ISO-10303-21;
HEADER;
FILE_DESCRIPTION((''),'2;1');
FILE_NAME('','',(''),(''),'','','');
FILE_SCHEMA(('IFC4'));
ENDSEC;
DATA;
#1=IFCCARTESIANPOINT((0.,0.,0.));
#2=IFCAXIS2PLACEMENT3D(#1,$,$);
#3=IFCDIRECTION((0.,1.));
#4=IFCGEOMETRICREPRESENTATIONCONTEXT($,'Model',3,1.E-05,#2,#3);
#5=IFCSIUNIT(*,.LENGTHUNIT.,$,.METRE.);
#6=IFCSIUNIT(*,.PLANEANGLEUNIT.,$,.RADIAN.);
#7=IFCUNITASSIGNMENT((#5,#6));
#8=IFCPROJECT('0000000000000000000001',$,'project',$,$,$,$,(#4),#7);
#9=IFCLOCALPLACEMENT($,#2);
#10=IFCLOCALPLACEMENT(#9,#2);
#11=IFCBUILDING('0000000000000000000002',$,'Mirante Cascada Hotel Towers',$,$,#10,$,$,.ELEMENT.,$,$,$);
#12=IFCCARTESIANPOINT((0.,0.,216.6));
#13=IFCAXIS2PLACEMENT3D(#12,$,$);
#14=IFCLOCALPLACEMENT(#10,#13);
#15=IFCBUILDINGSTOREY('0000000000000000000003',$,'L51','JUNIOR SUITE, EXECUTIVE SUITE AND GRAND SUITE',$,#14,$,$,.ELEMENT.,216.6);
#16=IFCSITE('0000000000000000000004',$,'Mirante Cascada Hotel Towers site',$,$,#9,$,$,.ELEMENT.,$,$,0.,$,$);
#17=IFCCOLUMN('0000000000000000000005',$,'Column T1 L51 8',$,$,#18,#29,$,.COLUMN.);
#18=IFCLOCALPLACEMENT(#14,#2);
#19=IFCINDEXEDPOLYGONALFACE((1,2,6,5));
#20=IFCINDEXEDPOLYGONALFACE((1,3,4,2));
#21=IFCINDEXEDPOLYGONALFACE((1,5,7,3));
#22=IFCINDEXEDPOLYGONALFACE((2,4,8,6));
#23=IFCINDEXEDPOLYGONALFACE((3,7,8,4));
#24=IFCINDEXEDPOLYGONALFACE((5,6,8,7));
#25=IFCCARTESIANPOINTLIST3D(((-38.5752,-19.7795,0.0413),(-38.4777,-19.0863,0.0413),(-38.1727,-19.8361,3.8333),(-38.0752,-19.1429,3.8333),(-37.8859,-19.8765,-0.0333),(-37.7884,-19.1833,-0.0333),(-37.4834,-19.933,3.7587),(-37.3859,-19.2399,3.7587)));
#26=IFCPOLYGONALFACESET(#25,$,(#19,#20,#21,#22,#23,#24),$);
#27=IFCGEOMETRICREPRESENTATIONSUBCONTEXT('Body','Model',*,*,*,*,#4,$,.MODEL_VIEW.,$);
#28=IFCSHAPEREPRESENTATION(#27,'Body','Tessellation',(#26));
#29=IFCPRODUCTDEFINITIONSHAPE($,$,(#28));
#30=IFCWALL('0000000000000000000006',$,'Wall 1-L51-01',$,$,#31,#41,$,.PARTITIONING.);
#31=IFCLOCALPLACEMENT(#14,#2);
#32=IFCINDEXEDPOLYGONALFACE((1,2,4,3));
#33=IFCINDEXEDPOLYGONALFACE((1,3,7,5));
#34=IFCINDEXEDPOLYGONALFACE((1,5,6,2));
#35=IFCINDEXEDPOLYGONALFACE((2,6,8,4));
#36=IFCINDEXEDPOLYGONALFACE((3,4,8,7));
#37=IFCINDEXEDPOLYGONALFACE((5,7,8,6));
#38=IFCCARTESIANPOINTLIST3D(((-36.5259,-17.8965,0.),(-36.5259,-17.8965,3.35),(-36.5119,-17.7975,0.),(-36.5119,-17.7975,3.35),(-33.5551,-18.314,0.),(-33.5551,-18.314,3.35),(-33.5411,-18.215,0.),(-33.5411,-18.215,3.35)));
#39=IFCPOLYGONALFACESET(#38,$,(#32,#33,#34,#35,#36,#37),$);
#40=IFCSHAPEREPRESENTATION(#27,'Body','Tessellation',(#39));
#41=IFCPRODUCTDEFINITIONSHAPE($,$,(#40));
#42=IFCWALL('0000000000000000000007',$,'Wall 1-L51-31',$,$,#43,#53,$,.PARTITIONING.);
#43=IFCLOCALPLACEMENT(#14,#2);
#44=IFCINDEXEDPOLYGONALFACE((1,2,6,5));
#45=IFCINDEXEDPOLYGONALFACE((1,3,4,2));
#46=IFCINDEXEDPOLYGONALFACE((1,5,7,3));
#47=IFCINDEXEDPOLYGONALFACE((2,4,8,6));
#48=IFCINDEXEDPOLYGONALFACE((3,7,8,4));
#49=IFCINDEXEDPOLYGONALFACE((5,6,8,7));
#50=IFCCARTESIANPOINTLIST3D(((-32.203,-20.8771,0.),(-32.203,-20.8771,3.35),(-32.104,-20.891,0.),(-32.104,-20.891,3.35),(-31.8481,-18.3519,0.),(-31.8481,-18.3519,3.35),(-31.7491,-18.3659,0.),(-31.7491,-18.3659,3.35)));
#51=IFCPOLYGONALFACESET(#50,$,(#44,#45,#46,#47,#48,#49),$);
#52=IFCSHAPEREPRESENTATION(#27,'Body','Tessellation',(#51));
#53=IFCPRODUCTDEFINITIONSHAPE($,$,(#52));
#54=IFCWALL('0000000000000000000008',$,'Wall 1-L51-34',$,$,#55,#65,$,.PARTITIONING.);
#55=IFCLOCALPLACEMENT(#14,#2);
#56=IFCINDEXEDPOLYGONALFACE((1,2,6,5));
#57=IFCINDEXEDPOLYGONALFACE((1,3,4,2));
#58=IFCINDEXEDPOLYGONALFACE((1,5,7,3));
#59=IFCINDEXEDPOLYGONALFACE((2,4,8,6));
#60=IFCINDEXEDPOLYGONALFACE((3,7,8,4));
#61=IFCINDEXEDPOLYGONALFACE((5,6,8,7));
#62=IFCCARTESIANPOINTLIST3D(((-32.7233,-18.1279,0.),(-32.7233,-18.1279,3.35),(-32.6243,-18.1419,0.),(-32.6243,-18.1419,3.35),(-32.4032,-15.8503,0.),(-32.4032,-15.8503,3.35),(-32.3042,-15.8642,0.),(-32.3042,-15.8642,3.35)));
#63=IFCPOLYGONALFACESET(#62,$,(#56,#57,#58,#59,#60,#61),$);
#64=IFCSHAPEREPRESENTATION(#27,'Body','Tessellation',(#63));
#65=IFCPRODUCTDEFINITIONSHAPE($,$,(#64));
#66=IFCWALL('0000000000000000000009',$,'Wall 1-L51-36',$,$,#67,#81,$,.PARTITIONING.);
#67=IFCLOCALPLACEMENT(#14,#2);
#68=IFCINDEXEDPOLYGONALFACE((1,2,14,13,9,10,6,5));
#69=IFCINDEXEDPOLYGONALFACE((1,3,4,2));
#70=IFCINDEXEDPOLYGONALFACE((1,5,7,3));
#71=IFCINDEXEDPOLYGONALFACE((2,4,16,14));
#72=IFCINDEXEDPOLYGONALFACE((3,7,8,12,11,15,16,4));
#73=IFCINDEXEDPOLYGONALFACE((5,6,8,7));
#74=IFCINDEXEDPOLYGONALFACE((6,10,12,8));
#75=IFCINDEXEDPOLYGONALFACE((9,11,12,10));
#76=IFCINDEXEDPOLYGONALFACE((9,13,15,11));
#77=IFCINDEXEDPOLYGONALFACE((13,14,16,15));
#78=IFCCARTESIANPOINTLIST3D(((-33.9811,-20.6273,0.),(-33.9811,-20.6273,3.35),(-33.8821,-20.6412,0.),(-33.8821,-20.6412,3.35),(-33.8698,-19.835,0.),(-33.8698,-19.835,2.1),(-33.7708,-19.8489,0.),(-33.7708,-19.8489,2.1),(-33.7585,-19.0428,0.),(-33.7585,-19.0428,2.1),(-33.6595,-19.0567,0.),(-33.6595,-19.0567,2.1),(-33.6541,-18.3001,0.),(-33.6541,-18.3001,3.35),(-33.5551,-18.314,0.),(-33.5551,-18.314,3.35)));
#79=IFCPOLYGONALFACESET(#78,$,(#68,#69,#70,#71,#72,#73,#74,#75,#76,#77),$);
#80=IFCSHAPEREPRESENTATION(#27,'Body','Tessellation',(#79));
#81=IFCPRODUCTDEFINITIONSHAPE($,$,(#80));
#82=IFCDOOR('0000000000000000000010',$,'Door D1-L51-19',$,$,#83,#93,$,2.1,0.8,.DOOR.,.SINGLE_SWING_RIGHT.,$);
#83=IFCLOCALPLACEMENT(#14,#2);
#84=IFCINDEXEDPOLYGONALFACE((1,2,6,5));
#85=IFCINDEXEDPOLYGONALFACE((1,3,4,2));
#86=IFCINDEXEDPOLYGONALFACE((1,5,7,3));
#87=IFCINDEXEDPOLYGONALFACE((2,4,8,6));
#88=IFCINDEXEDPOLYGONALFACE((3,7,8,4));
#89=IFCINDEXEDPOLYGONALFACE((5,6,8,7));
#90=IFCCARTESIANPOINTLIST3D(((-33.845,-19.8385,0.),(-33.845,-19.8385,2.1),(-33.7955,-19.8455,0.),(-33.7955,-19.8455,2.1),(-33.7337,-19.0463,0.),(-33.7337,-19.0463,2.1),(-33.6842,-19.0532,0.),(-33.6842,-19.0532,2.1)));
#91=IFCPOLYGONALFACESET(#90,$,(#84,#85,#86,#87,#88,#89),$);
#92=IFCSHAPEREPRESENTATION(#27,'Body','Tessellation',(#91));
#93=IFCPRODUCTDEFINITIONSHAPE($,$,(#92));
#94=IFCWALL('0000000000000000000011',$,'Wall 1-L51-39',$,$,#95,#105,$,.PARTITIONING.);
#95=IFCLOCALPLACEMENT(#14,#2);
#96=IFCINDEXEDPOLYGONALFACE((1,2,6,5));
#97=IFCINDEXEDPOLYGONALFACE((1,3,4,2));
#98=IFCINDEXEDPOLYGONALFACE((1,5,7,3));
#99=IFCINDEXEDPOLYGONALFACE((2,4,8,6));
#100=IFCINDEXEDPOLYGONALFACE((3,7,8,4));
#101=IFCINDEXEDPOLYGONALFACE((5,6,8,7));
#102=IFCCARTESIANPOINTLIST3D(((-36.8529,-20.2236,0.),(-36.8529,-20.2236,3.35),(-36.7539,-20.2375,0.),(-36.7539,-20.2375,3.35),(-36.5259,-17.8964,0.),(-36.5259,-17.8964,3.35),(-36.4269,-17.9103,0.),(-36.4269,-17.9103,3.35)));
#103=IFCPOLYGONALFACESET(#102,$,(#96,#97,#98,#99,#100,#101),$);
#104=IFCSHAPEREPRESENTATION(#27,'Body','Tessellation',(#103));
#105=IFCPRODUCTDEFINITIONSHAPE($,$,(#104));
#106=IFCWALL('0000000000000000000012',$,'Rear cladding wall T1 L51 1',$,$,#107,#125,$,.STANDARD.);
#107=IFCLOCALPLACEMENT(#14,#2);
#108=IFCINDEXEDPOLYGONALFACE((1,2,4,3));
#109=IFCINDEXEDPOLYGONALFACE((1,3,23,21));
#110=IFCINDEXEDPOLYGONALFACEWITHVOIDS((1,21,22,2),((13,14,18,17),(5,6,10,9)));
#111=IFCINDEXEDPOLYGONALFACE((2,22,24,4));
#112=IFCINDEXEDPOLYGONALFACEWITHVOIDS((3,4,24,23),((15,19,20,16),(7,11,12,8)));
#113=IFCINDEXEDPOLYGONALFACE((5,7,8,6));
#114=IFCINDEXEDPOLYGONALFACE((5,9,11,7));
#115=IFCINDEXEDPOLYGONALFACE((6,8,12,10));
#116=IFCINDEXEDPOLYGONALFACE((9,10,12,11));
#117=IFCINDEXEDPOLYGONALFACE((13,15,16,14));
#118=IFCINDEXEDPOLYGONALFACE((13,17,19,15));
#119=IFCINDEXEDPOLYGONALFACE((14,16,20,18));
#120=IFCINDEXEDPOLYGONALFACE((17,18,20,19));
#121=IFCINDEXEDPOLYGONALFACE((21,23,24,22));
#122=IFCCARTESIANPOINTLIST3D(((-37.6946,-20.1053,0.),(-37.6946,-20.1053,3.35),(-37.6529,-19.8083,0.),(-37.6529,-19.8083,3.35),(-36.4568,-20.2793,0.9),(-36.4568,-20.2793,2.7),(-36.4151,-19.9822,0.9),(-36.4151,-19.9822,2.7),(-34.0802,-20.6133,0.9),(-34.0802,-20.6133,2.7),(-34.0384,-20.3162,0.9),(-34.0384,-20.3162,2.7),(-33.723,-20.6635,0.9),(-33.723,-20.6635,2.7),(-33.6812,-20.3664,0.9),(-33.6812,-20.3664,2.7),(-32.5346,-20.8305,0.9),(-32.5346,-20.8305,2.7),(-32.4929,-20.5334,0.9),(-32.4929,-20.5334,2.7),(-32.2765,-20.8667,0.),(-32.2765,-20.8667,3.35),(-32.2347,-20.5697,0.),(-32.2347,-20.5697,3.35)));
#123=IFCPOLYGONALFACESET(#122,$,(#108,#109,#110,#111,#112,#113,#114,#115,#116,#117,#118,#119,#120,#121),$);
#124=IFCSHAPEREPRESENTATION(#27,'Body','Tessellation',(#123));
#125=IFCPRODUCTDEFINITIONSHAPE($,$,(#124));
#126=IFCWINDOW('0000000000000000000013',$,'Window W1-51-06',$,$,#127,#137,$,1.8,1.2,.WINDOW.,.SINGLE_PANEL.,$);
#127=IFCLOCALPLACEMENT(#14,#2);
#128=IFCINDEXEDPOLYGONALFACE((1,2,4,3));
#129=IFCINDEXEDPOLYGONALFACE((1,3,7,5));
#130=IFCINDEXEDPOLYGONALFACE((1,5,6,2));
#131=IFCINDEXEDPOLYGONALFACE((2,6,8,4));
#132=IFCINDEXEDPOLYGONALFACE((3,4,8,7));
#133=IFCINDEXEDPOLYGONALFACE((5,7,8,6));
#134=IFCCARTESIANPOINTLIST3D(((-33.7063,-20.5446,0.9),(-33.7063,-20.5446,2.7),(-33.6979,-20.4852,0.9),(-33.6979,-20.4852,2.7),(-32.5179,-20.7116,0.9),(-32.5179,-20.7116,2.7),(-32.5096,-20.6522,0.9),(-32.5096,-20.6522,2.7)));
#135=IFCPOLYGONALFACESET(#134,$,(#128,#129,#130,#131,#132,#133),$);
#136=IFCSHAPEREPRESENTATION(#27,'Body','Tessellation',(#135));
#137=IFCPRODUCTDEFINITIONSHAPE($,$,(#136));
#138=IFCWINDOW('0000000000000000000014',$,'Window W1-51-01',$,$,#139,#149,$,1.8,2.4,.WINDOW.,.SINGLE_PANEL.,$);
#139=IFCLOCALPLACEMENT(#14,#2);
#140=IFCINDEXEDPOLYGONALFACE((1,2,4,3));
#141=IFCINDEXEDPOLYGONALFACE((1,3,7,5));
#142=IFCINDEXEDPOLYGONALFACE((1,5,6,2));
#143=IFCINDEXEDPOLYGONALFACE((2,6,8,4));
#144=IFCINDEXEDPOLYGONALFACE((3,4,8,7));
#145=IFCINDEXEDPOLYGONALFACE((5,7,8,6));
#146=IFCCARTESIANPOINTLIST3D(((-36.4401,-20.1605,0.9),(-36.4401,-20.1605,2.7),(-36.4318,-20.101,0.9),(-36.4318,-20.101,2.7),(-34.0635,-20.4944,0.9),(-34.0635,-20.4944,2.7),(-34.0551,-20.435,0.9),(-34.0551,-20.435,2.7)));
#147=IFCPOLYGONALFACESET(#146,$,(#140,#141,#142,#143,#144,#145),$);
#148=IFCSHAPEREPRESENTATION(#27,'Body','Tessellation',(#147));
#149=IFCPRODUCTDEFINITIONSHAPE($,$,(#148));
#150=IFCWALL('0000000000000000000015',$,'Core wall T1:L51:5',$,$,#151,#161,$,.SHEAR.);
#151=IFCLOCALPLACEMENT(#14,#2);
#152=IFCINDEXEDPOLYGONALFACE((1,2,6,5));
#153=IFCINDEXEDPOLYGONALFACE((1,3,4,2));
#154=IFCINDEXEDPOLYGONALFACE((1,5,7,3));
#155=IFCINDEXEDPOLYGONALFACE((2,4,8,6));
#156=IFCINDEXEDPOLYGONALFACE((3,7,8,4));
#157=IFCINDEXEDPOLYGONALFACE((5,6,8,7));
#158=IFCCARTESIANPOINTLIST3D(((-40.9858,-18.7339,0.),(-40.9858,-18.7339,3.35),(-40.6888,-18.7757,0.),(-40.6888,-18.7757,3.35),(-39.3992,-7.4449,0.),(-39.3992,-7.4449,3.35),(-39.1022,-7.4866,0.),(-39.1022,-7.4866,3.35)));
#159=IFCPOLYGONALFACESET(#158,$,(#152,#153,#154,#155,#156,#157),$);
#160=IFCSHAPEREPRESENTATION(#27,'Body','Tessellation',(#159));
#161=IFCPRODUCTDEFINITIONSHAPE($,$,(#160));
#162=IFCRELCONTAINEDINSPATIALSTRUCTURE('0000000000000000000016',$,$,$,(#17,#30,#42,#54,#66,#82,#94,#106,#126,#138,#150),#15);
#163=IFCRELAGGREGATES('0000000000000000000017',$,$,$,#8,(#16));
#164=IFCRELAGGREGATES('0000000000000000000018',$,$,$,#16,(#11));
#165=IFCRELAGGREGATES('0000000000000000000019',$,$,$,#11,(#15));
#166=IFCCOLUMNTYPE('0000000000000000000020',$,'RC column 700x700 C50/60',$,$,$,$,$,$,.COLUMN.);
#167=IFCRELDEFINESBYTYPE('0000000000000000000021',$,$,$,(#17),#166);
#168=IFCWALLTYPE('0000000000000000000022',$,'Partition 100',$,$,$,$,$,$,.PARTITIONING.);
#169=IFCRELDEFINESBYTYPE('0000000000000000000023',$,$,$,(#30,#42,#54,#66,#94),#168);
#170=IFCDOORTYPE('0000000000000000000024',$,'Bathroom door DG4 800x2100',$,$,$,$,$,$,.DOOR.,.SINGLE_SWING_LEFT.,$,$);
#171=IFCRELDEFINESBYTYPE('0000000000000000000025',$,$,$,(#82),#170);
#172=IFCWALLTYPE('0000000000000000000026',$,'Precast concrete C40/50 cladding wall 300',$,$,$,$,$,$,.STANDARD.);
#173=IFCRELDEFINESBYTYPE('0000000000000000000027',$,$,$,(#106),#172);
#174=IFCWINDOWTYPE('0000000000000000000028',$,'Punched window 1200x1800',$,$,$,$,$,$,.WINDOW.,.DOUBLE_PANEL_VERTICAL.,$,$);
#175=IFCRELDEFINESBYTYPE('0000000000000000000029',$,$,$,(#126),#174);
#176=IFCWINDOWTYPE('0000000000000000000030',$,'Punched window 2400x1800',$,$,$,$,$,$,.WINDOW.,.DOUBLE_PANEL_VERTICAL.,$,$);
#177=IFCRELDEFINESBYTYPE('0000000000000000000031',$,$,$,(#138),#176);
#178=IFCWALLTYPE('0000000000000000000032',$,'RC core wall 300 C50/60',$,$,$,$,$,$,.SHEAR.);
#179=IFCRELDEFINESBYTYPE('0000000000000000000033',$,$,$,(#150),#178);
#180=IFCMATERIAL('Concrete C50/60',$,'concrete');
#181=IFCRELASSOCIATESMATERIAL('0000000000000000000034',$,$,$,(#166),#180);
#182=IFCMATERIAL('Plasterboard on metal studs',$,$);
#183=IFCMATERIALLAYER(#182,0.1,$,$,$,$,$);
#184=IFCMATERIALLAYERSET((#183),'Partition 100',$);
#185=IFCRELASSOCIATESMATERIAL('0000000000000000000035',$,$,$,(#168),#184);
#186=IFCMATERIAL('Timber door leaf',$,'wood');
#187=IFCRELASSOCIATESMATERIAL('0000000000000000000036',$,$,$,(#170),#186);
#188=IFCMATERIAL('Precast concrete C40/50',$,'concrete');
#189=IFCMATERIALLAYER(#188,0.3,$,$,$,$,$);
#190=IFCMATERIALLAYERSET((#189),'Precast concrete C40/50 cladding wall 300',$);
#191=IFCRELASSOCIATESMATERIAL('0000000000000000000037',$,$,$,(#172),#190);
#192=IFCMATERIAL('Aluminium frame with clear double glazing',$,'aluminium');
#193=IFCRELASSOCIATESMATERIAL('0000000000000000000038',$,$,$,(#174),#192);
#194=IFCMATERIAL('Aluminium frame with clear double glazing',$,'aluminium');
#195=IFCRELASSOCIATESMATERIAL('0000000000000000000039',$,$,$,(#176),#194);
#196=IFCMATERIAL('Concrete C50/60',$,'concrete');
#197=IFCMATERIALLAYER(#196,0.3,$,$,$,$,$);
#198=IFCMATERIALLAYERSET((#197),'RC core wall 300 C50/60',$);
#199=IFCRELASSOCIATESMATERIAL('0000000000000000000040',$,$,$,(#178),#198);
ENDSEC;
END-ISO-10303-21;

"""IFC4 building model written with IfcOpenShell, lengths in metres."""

from ifc_helpers import new_model, si_unit, direction, frame, frame_2d, origin, origin_2d, place, context, subcontext, project, spatial, rectangle, extrude, material, layer, layer_set, material_profile, profile_set, type_object, element, fill, save


model = new_model("IFC4")

# Units and contexts
model_context = context("Model", 3, precision=1e-05, world=origin(), true_north=direction((0.0, 1.0)))
body_context = subcontext(model_context, "Body", "Model", "MODEL_VIEW")
ifc_project = project(units=[si_unit("LENGTHUNIT", "METRE"), si_unit("PLANEANGLEUNIT", "RADIAN")], contexts=[model_context])

# Site, building, storey
site_placement = place(None, origin())
site = spatial("IfcSite", under=ifc_project, at=site_placement, Name="Mirante Cascada Hotel Towers site", CompositionType="ELEMENT", RefElevation=0.0)
building_placement = place(site_placement, origin())
building = spatial("IfcBuilding", under=site, at=building_placement, Name="Mirante Cascada Hotel Towers", CompositionType="ELEMENT")
storey_placement = place(building_placement, frame((0.0, 0.0, 216.6)))
storey = spatial("IfcBuildingStorey", under=building, at=storey_placement, Name="L51", Description="JUNIOR SUITE, EXECUTIVE SUITE AND GRAND SUITE", CompositionType="ELEMENT", Elevation=216.6)

# Column
ifc_material_1 = material(Name="Concrete C50/60", Category="concrete")
ifc_material_profile = material_profile(ifc_material_1, rectangle(XDim=0.7, YDim=0.7, at=origin_2d()), Name="RC column 700x700 C50/60")
ifc_profile_set = profile_set([ifc_material_profile], Name="Concrete C50/60")
column_type = type_object("IfcColumnType", Name="RC column 700x700 C50/60", PredefinedType="COLUMN", material=ifc_profile_set)
column_placement = place(storey_placement, frame((-38.1818, -19.4814, 0.004), z_axis=(0.10554, -0.014841, 0.994304), x_axis=(0.139251, 0.990257, 0.0)))
element("IfcColumn", 1, at=column_placement, inside=storey, type_object=column_type, Name="Column T1 L51 8", PredefinedType="COLUMN", context=body_context, shape_type="SweptSolid", body=[
    extrude(rectangle(XDim=0.7, YDim=0.7, at=origin_2d()), origin(), (0.0, 0.0, 1.0), 3.8137),
])

# Walls
ifc_material_2 = material(Name="Plasterboard on metal studs")
ifc_layer_1 = layer(ifc_material_2, 0.1)
ifc_layer_set_1 = layer_set([ifc_layer_1], Name="Partition 100")
wall_type_1 = type_object("IfcWallType", Name="Partition 100", PredefinedType="PARTITIONING", material=ifc_layer_set_1)
wall_1_placement = place(storey_placement, frame((-36.5189, -17.847, 0.0), z_axis=(0.0, 0.0, 1.0), x_axis=(0.990269, -0.139167, 0.0)))
element("IfcWall", 2, at=wall_1_placement, inside=storey, type_object=wall_type_1, Name="Wall 1-L51-01", PredefinedType="PARTITIONING", context=body_context, shape_type="SweptSolid", body=[
    extrude(rectangle(XDim=3.0, YDim=0.1, at=frame_2d((1.5, 0.0))), origin(), (0.0, 0.0, 1.0), 3.35),
])
wall_2_placement = place(storey_placement, frame((-31.7986, -18.3589, 0.0), z_axis=(0.0, 0.0, 1.0), x_axis=(-0.139176, -0.990268, 0.0)))
element("IfcWall", 3, at=wall_2_placement, inside=storey, type_object=wall_type_1, Name="Wall 1-L51-31", PredefinedType="PARTITIONING", context=body_context, shape_type="SweptSolid", body=[
    extrude(rectangle(XDim=2.55, YDim=0.1, at=frame_2d((1.275, 0.0))), origin(), (0.0, 0.0, 1.0), 3.35),
])
wall_3_placement = place(storey_placement, frame((-32.6738, -18.1349, 0.0), z_axis=(0.0, 0.0, 1.0), x_axis=(0.139175, 0.990268, 0.0)))
element("IfcWall", 4, at=wall_3_placement, inside=storey, type_object=wall_type_1, Name="Wall 1-L51-34", PredefinedType="PARTITIONING", context=body_context, shape_type="SweptSolid", body=[
    extrude(rectangle(XDim=2.3, YDim=0.1, at=frame_2d((1.15, 0.0))), origin(), (0.0, 0.0, 1.0), 3.35),
])

# Wall, opening, door
wall_4_placement = place(storey_placement, frame((-33.9316, -20.6342, 0.0), z_axis=(0.0, 0.0, 1.0), x_axis=(0.139145, 0.990272, 0.0)))
wall_4 = element("IfcWall", 5, at=wall_4_placement, inside=storey, type_object=wall_type_1, Name="Wall 1-L51-36", PredefinedType="PARTITIONING", context=body_context, shape_type="SweptSolid", body=[
    extrude(rectangle(XDim=2.3501, YDim=0.1, at=frame_2d((1.175, 0.0))), origin(), (0.0, 0.0, 1.0), 3.35),
])
opening_1_placement = place(wall_4_placement, frame((0.8, 0.0, 0.0)))
opening_1 = element("IfcOpeningElement", 6, at=opening_1_placement, cuts=wall_4, PredefinedType="OPENING", context=body_context, shape_type="SweptSolid", body=[
    extrude(rectangle(XDim=0.8, YDim=2.1, at=frame_2d((0.4, 1.05))), frame((0.0, 0.05, 0.0), z_axis=(0.0, -1.0, 0.0), x_axis=(1.0, 0.0, 0.0)), (0.0, 0.0, 1.0), 0.1),
])
ifc_material_3 = material(Name="Timber door leaf", Category="wood")
door_type_1 = type_object("IfcDoorType", Name="Bathroom door DG4 800x2100", OperationType="SINGLE_SWING_LEFT", PredefinedType="DOOR", material=ifc_material_3)
door_1_placement = place(opening_1_placement, frame((0.8, 0.0, 0.0), z_axis=(0.0, 0.0, 1.0), x_axis=(-1.0, 0.0, 0.0)))
door_1 = element("IfcDoor", 7, at=door_1_placement, inside=storey, type_object=door_type_1, Name="Door D1-L51-19", OperationType="SINGLE_SWING_RIGHT", OverallHeight=2.1, OverallWidth=0.8, PredefinedType="DOOR", context=body_context, shape_type="SweptSolid", body=[
    extrude(rectangle(XDim=0.8, YDim=2.1, at=frame_2d((0.4, 1.05))), frame((0.0, 0.025, 0.0), z_axis=(0.0, -1.0, 0.0), x_axis=(1.0, 0.0, 0.0)), (0.0, 0.0, 1.0), 0.05),
])
fill(opening_1, door_1)

# Wall
wall_5_placement = place(storey_placement, frame((-36.4764, -17.9034, 0.0), z_axis=(0.0, 0.0, 1.0), x_axis=(-0.139145, -0.990272, 0.0)))
element("IfcWall", 8, at=wall_5_placement, inside=storey, type_object=wall_type_1, Name="Wall 1-L51-39", PredefinedType="PARTITIONING", context=body_context, shape_type="SweptSolid", body=[
    extrude(rectangle(XDim=2.3501, YDim=0.1, at=frame_2d((1.175, 0.0))), origin(), (0.0, 0.0, 1.0), 3.35),
])

# Wall, openings, windows
ifc_material_4 = material(Name="Precast concrete C40/50", Category="concrete")
ifc_layer_2 = layer(ifc_material_4, 0.3)
ifc_layer_set_2 = layer_set([ifc_layer_2], Name="Precast concrete C40/50 cladding wall 300")
wall_type_2 = type_object("IfcWallType", Name="Precast concrete C40/50 cladding wall 300", PredefinedType="STANDARD", material=ifc_layer_set_2)
wall_6_placement = place(storey_placement, frame((-32.2556, -20.7182, 0.0), z_axis=(0.0, 0.0, 1.0), x_axis=(-0.99027, 0.139159, 0.0)))
wall_6 = element("IfcWall", 9, at=wall_6_placement, inside=storey, type_object=wall_type_2, Name="Rear cladding wall T1 L51 1", PredefinedType="STANDARD", context=body_context, shape_type="SweptSolid", body=[
    extrude(rectangle(XDim=5.4714, YDim=0.3, at=frame_2d((2.7357, 0.0))), origin(), (0.0, 0.0, 1.0), 3.35),
])
opening_2_placement = place(wall_6_placement, frame((1.8214, 0.0, 0.9)))
opening_2 = element("IfcOpeningElement", 10, at=opening_2_placement, cuts=wall_6, PredefinedType="OPENING", context=body_context, shape_type="SweptSolid", body=[
    extrude(rectangle(XDim=2.4, YDim=1.8, at=frame_2d((1.2, 0.9))), frame((0.0, 0.15, 0.0), z_axis=(0.0, -1.0, 0.0), x_axis=(1.0, 0.0, 0.0)), (0.0, 0.0, 1.0), 0.3),
])
opening_3_placement = place(wall_6_placement, frame((0.2607, 0.0, 0.9)))
opening_3 = element("IfcOpeningElement", 11, at=opening_3_placement, cuts=wall_6, PredefinedType="OPENING", context=body_context, shape_type="SweptSolid", body=[
    extrude(rectangle(XDim=1.2, YDim=1.8, at=frame_2d((0.6, 0.9))), frame((0.0, 0.15, 0.0), z_axis=(0.0, -1.0, 0.0), x_axis=(1.0, 0.0, 0.0)), (0.0, 0.0, 1.0), 0.3),
])
ifc_material_5 = material(Name="Aluminium frame with clear double glazing", Category="aluminium")
window_type_1 = type_object("IfcWindowType", Name="Punched window 1200x1800", PartitioningType="DOUBLE_PANEL_VERTICAL", PredefinedType="WINDOW", material=ifc_material_5)
window_1_placement = place(opening_3_placement, origin())
window_1 = element("IfcWindow", 12, at=window_1_placement, inside=storey, type_object=window_type_1, Name="Window W1-51-06", OverallHeight=1.8, OverallWidth=1.2, PartitioningType="SINGLE_PANEL", PredefinedType="WINDOW", context=body_context, shape_type="SweptSolid", body=[
    extrude(rectangle(XDim=1.2, YDim=1.8, at=frame_2d((0.6, 0.9))), frame((0.0, 0.03, 0.0), z_axis=(0.0, -1.0, 0.0), x_axis=(1.0, 0.0, 0.0)), (0.0, 0.0, 1.0), 0.06),
])
fill(opening_3, window_1)
ifc_material_6 = material(Name="Aluminium frame with clear double glazing", Category="aluminium")
window_type_2 = type_object("IfcWindowType", Name="Punched window 2400x1800", PartitioningType="DOUBLE_PANEL_VERTICAL", PredefinedType="WINDOW", material=ifc_material_6)
window_2_placement = place(opening_2_placement, origin())
window_2 = element("IfcWindow", 13, at=window_2_placement, inside=storey, type_object=window_type_2, Name="Window W1-51-01", OverallHeight=1.8, OverallWidth=2.4, PartitioningType="SINGLE_PANEL", PredefinedType="WINDOW", context=body_context, shape_type="SweptSolid", body=[
    extrude(rectangle(XDim=2.4, YDim=1.8, at=frame_2d((1.2, 0.9))), frame((0.0, 0.03, 0.0), z_axis=(0.0, -1.0, 0.0), x_axis=(1.0, 0.0, 0.0)), (0.0, 0.0, 1.0), 0.06),
])
fill(opening_2, window_2)

# Wall
ifc_material_7 = material(Name="Concrete C50/60", Category="concrete")
ifc_layer_3 = layer(ifc_material_7, 0.3)
ifc_layer_set_3 = layer_set([ifc_layer_3], Name="RC core wall 300 C50/60")
wall_type_3 = type_object("IfcWallType", Name="RC core wall 300 C50/60", PredefinedType="SHEAR", material=ifc_layer_set_3)
wall_7_placement = place(storey_placement, frame((-40.8373, -18.7548, 0.0), z_axis=(0.0, 0.0, 1.0), x_axis=(0.139175, 0.990268, 0.0)))
element("IfcWall", 14, at=wall_7_placement, inside=storey, type_object=wall_type_3, Name="Core wall T1:L51:5", PredefinedType="SHEAR", context=body_context, shape_type="SweptSolid", body=[
    extrude(rectangle(XDim=11.4, YDim=0.3, at=frame_2d((5.7, 0.0))), origin(), (0.0, 0.0, 1.0), 3.35),
])

save(model, "model.ifc")
